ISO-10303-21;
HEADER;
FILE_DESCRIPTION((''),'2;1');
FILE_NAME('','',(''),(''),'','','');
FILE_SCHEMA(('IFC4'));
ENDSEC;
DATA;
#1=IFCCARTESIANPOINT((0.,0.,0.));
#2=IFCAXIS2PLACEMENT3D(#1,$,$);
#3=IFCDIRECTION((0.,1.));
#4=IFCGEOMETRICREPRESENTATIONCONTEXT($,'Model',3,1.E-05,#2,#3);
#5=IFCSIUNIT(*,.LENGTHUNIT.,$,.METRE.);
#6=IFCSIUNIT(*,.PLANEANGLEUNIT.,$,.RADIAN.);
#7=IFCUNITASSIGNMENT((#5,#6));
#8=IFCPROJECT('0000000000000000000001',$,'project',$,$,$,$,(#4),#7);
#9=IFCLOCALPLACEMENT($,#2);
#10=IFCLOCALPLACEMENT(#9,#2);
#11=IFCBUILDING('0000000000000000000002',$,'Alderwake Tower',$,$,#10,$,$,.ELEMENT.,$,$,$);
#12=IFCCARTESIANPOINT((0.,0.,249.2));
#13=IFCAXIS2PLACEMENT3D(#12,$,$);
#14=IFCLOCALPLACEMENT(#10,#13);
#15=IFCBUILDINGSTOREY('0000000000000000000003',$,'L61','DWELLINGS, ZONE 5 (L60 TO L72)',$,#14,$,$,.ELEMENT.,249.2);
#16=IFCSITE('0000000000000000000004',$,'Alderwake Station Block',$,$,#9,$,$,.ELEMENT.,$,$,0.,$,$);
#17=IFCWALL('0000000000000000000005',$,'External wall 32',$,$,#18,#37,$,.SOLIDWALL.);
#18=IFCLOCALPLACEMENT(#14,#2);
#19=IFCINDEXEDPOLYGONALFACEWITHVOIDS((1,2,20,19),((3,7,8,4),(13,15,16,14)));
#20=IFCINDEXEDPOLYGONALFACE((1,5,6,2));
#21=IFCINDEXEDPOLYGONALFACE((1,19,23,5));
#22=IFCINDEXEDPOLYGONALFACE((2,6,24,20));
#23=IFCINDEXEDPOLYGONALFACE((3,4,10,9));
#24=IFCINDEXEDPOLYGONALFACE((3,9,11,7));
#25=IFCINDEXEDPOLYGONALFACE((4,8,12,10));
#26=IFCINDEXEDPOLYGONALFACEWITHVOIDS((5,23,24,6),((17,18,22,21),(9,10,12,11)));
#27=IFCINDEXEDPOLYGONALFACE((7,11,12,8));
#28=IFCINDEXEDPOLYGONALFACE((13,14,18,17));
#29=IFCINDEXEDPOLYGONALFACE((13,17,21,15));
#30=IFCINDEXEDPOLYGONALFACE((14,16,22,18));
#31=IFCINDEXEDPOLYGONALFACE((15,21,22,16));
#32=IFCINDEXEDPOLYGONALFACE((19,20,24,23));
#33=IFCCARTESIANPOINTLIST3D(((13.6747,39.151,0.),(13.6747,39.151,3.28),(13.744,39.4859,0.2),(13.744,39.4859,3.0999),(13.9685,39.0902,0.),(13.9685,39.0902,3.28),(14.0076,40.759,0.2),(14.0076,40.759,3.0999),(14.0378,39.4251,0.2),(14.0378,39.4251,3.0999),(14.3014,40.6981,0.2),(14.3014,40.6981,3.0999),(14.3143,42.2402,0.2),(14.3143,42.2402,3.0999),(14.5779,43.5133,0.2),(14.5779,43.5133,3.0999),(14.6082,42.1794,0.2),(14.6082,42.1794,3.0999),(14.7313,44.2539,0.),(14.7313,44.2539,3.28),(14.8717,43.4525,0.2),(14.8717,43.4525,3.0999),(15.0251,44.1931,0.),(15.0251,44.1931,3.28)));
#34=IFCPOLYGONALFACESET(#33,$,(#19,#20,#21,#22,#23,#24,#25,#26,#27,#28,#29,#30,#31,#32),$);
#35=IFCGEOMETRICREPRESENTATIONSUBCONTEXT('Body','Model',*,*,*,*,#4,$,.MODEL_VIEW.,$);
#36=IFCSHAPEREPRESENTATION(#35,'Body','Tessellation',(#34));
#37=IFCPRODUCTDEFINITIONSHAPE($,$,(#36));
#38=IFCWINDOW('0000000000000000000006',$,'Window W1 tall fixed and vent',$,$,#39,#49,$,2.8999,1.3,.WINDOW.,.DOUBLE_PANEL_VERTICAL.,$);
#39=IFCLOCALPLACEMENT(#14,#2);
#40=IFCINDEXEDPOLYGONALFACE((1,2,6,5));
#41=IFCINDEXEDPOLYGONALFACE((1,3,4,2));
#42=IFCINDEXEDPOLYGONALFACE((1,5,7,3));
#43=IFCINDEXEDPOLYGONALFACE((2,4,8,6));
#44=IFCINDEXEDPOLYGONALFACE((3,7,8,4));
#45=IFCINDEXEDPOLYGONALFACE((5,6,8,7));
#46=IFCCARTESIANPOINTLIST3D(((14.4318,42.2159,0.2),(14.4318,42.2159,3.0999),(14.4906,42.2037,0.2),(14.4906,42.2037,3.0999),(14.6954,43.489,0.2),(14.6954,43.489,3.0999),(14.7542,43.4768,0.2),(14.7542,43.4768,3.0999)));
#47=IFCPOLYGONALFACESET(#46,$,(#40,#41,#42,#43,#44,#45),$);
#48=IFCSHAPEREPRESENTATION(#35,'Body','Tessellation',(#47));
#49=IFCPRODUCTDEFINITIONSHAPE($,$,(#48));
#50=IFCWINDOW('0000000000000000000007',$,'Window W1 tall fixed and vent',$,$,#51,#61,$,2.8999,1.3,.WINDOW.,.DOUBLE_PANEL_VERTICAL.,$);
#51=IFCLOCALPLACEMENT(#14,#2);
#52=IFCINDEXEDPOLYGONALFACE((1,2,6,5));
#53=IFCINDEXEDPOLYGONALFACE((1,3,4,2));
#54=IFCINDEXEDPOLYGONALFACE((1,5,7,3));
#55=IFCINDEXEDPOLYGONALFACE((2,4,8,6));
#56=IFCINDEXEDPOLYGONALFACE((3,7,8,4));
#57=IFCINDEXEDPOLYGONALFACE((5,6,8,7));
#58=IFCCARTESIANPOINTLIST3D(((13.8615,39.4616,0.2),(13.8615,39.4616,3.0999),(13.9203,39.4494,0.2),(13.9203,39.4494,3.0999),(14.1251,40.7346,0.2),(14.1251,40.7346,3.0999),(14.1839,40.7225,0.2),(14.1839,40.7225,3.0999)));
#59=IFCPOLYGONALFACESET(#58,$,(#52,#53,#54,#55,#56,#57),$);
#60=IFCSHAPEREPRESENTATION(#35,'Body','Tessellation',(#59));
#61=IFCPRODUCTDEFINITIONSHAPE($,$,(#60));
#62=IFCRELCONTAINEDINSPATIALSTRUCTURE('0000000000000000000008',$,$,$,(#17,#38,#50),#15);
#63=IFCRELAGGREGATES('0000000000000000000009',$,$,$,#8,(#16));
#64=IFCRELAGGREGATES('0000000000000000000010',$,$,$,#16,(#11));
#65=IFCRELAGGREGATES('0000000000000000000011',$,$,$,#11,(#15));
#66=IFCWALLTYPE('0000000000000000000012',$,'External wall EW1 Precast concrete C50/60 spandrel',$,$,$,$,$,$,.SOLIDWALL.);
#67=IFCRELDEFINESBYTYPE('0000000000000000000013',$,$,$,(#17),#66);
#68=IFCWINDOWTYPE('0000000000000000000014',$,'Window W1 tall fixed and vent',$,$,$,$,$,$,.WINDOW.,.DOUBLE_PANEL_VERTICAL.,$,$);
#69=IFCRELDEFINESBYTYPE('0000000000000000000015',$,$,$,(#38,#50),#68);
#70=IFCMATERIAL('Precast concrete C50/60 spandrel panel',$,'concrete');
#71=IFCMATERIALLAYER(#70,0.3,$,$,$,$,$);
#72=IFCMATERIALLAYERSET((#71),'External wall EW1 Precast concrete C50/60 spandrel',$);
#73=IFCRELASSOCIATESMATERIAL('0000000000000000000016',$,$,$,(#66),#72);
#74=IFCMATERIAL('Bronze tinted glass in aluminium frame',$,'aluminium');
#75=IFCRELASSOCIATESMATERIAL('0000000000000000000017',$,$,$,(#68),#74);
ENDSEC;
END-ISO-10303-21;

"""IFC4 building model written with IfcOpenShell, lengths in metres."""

from ifc_helpers import new_model, si_unit, direction, frame, frame_2d, origin, place, context, subcontext, project, spatial, rectangle, extrude, material, layer, layer_set, type_object, element, fill, save


model = new_model("IFC4")

# Units and contexts
model_context = context("Model", 3, precision=1e-05, world=origin(), true_north=direction((0.0, 1.0)))
body_context = subcontext(model_context, "Body", "Model", "MODEL_VIEW")
ifc_project = project(units=[si_unit("LENGTHUNIT", "METRE"), si_unit("PLANEANGLEUNIT", "RADIAN")], contexts=[model_context])

# Site, building, storey
site_placement = place(None, origin())
site = spatial("IfcSite", under=ifc_project, at=site_placement, Name="Alderwake Station Block", CompositionType="ELEMENT", RefElevation=0.0)
building_placement = place(site_placement, origin())
building = spatial("IfcBuilding", under=site, at=building_placement, Name="Alderwake Tower", CompositionType="ELEMENT")
storey_placement = place(building_placement, frame((0.0, 0.0, 249.2)))
storey = spatial("IfcBuildingStorey", under=building, at=storey_placement, Name="L61", Description="DWELLINGS, ZONE 5 (L60 TO L72)", CompositionType="ELEMENT", Elevation=249.2)

# Wall, openings, windows
ifc_material_1 = material(Name="Precast concrete C50/60 spandrel panel", Category="concrete")
ifc_layer_1 = layer(ifc_material_1, 0.3)
ifc_layer_set_1 = layer_set([ifc_layer_1], Name="External wall EW1 Precast concrete C50/60 spandrel")
wall_type_1 = type_object("IfcWallType", Name="External wall EW1 Precast concrete C50/60 spandrel", PredefinedType="SOLIDWALL", material=ifc_layer_set_1)
wall_1_placement = place(storey_placement, frame((14.8782, 44.2234, 0.0), z_axis=(0.0, 0.0, 1.0), x_axis=(-0.202761, -0.979228, 0.0)))
wall_1 = element("IfcWall", 1, at=wall_1_placement, inside=storey, type_object=wall_type_1, Name="External wall 32", PredefinedType="SOLIDWALL", context=body_context, shape_type="SweptSolid", body=[
    extrude(rectangle(XDim=5.2112, YDim=0.3, at=frame_2d((2.6055, 0.0))), origin(), (0.0, 0.0, 1.0), 3.28),
])
opening_1_placement = place(wall_1_placement, frame((0.7563, 0.0, 0.2)))
opening_1 = element("IfcOpeningElement", 2, at=opening_1_placement, cuts=wall_1, PredefinedType="OPENING", context=body_context, shape_type="SweptSolid", body=[
    extrude(rectangle(XDim=1.3, YDim=2.8999, at=frame_2d((0.6499, 1.45))), frame((0.0, 0.1599, 0.0), z_axis=(0.0, -1.0, 0.0), x_axis=(1.0, 0.0, 0.0)), (0.0, 0.0, 1.0), 0.3201),
])
opening_2_placement = place(wall_1_placement, frame((3.5691, 0.0, 0.2)))
opening_2 = element("IfcOpeningElement", 3, at=opening_2_placement, cuts=wall_1, PredefinedType="OPENING", context=body_context, shape_type="SweptSolid", body=[
    extrude(rectangle(XDim=1.3, YDim=2.8999, at=frame_2d((0.6499, 1.45))), frame((0.0, 0.1599, 0.0), z_axis=(0.0, -1.0, 0.0), x_axis=(1.0, 0.0, 0.0)), (0.0, 0.0, 1.0), 0.3201),
])
ifc_material_2 = material(Name="Bronze tinted glass in aluminium frame", Category="aluminium")
window_type = type_object("IfcWindowType", Name="Window W1 tall fixed and vent", PartitioningType="DOUBLE_PANEL_VERTICAL", PredefinedType="WINDOW", material=ifc_material_2)
window_1_placement = place(opening_1_placement, origin())
window_1 = element("IfcWindow", 4, at=window_1_placement, inside=storey, type_object=window_type, Name="Window W1 tall fixed and vent", OverallHeight=2.8999, OverallWidth=1.3, PartitioningType="DOUBLE_PANEL_VERTICAL", PredefinedType="WINDOW", context=body_context, shape_type="SweptSolid", body=[
    extrude(rectangle(XDim=1.3, YDim=2.8999, at=frame_2d((0.6499, 1.45))), frame((0.0, 0.03, 0.0), z_axis=(0.0, -1.0, 0.0), x_axis=(1.0, 0.0, 0.0)), (0.0, 0.0, 1.0), 0.0601),
])
fill(opening_1, window_1)
window_2_placement = place(opening_2_placement, origin())
window_2 = element("IfcWindow", 5, at=window_2_placement, inside=storey, type_object=window_type, Name="Window W1 tall fixed and vent", OverallHeight=2.8999, OverallWidth=1.3, PartitioningType="DOUBLE_PANEL_VERTICAL", PredefinedType="WINDOW", context=body_context, shape_type="SweptSolid", body=[
    extrude(rectangle(XDim=1.3, YDim=2.8999, at=frame_2d((0.6499, 1.45))), frame((0.0, 0.03, 0.0), z_axis=(0.0, -1.0, 0.0), x_axis=(1.0, 0.0, 0.0)), (0.0, 0.0, 1.0), 0.0601),
])
fill(opening_2, window_2)

save(model, "model.ifc")
